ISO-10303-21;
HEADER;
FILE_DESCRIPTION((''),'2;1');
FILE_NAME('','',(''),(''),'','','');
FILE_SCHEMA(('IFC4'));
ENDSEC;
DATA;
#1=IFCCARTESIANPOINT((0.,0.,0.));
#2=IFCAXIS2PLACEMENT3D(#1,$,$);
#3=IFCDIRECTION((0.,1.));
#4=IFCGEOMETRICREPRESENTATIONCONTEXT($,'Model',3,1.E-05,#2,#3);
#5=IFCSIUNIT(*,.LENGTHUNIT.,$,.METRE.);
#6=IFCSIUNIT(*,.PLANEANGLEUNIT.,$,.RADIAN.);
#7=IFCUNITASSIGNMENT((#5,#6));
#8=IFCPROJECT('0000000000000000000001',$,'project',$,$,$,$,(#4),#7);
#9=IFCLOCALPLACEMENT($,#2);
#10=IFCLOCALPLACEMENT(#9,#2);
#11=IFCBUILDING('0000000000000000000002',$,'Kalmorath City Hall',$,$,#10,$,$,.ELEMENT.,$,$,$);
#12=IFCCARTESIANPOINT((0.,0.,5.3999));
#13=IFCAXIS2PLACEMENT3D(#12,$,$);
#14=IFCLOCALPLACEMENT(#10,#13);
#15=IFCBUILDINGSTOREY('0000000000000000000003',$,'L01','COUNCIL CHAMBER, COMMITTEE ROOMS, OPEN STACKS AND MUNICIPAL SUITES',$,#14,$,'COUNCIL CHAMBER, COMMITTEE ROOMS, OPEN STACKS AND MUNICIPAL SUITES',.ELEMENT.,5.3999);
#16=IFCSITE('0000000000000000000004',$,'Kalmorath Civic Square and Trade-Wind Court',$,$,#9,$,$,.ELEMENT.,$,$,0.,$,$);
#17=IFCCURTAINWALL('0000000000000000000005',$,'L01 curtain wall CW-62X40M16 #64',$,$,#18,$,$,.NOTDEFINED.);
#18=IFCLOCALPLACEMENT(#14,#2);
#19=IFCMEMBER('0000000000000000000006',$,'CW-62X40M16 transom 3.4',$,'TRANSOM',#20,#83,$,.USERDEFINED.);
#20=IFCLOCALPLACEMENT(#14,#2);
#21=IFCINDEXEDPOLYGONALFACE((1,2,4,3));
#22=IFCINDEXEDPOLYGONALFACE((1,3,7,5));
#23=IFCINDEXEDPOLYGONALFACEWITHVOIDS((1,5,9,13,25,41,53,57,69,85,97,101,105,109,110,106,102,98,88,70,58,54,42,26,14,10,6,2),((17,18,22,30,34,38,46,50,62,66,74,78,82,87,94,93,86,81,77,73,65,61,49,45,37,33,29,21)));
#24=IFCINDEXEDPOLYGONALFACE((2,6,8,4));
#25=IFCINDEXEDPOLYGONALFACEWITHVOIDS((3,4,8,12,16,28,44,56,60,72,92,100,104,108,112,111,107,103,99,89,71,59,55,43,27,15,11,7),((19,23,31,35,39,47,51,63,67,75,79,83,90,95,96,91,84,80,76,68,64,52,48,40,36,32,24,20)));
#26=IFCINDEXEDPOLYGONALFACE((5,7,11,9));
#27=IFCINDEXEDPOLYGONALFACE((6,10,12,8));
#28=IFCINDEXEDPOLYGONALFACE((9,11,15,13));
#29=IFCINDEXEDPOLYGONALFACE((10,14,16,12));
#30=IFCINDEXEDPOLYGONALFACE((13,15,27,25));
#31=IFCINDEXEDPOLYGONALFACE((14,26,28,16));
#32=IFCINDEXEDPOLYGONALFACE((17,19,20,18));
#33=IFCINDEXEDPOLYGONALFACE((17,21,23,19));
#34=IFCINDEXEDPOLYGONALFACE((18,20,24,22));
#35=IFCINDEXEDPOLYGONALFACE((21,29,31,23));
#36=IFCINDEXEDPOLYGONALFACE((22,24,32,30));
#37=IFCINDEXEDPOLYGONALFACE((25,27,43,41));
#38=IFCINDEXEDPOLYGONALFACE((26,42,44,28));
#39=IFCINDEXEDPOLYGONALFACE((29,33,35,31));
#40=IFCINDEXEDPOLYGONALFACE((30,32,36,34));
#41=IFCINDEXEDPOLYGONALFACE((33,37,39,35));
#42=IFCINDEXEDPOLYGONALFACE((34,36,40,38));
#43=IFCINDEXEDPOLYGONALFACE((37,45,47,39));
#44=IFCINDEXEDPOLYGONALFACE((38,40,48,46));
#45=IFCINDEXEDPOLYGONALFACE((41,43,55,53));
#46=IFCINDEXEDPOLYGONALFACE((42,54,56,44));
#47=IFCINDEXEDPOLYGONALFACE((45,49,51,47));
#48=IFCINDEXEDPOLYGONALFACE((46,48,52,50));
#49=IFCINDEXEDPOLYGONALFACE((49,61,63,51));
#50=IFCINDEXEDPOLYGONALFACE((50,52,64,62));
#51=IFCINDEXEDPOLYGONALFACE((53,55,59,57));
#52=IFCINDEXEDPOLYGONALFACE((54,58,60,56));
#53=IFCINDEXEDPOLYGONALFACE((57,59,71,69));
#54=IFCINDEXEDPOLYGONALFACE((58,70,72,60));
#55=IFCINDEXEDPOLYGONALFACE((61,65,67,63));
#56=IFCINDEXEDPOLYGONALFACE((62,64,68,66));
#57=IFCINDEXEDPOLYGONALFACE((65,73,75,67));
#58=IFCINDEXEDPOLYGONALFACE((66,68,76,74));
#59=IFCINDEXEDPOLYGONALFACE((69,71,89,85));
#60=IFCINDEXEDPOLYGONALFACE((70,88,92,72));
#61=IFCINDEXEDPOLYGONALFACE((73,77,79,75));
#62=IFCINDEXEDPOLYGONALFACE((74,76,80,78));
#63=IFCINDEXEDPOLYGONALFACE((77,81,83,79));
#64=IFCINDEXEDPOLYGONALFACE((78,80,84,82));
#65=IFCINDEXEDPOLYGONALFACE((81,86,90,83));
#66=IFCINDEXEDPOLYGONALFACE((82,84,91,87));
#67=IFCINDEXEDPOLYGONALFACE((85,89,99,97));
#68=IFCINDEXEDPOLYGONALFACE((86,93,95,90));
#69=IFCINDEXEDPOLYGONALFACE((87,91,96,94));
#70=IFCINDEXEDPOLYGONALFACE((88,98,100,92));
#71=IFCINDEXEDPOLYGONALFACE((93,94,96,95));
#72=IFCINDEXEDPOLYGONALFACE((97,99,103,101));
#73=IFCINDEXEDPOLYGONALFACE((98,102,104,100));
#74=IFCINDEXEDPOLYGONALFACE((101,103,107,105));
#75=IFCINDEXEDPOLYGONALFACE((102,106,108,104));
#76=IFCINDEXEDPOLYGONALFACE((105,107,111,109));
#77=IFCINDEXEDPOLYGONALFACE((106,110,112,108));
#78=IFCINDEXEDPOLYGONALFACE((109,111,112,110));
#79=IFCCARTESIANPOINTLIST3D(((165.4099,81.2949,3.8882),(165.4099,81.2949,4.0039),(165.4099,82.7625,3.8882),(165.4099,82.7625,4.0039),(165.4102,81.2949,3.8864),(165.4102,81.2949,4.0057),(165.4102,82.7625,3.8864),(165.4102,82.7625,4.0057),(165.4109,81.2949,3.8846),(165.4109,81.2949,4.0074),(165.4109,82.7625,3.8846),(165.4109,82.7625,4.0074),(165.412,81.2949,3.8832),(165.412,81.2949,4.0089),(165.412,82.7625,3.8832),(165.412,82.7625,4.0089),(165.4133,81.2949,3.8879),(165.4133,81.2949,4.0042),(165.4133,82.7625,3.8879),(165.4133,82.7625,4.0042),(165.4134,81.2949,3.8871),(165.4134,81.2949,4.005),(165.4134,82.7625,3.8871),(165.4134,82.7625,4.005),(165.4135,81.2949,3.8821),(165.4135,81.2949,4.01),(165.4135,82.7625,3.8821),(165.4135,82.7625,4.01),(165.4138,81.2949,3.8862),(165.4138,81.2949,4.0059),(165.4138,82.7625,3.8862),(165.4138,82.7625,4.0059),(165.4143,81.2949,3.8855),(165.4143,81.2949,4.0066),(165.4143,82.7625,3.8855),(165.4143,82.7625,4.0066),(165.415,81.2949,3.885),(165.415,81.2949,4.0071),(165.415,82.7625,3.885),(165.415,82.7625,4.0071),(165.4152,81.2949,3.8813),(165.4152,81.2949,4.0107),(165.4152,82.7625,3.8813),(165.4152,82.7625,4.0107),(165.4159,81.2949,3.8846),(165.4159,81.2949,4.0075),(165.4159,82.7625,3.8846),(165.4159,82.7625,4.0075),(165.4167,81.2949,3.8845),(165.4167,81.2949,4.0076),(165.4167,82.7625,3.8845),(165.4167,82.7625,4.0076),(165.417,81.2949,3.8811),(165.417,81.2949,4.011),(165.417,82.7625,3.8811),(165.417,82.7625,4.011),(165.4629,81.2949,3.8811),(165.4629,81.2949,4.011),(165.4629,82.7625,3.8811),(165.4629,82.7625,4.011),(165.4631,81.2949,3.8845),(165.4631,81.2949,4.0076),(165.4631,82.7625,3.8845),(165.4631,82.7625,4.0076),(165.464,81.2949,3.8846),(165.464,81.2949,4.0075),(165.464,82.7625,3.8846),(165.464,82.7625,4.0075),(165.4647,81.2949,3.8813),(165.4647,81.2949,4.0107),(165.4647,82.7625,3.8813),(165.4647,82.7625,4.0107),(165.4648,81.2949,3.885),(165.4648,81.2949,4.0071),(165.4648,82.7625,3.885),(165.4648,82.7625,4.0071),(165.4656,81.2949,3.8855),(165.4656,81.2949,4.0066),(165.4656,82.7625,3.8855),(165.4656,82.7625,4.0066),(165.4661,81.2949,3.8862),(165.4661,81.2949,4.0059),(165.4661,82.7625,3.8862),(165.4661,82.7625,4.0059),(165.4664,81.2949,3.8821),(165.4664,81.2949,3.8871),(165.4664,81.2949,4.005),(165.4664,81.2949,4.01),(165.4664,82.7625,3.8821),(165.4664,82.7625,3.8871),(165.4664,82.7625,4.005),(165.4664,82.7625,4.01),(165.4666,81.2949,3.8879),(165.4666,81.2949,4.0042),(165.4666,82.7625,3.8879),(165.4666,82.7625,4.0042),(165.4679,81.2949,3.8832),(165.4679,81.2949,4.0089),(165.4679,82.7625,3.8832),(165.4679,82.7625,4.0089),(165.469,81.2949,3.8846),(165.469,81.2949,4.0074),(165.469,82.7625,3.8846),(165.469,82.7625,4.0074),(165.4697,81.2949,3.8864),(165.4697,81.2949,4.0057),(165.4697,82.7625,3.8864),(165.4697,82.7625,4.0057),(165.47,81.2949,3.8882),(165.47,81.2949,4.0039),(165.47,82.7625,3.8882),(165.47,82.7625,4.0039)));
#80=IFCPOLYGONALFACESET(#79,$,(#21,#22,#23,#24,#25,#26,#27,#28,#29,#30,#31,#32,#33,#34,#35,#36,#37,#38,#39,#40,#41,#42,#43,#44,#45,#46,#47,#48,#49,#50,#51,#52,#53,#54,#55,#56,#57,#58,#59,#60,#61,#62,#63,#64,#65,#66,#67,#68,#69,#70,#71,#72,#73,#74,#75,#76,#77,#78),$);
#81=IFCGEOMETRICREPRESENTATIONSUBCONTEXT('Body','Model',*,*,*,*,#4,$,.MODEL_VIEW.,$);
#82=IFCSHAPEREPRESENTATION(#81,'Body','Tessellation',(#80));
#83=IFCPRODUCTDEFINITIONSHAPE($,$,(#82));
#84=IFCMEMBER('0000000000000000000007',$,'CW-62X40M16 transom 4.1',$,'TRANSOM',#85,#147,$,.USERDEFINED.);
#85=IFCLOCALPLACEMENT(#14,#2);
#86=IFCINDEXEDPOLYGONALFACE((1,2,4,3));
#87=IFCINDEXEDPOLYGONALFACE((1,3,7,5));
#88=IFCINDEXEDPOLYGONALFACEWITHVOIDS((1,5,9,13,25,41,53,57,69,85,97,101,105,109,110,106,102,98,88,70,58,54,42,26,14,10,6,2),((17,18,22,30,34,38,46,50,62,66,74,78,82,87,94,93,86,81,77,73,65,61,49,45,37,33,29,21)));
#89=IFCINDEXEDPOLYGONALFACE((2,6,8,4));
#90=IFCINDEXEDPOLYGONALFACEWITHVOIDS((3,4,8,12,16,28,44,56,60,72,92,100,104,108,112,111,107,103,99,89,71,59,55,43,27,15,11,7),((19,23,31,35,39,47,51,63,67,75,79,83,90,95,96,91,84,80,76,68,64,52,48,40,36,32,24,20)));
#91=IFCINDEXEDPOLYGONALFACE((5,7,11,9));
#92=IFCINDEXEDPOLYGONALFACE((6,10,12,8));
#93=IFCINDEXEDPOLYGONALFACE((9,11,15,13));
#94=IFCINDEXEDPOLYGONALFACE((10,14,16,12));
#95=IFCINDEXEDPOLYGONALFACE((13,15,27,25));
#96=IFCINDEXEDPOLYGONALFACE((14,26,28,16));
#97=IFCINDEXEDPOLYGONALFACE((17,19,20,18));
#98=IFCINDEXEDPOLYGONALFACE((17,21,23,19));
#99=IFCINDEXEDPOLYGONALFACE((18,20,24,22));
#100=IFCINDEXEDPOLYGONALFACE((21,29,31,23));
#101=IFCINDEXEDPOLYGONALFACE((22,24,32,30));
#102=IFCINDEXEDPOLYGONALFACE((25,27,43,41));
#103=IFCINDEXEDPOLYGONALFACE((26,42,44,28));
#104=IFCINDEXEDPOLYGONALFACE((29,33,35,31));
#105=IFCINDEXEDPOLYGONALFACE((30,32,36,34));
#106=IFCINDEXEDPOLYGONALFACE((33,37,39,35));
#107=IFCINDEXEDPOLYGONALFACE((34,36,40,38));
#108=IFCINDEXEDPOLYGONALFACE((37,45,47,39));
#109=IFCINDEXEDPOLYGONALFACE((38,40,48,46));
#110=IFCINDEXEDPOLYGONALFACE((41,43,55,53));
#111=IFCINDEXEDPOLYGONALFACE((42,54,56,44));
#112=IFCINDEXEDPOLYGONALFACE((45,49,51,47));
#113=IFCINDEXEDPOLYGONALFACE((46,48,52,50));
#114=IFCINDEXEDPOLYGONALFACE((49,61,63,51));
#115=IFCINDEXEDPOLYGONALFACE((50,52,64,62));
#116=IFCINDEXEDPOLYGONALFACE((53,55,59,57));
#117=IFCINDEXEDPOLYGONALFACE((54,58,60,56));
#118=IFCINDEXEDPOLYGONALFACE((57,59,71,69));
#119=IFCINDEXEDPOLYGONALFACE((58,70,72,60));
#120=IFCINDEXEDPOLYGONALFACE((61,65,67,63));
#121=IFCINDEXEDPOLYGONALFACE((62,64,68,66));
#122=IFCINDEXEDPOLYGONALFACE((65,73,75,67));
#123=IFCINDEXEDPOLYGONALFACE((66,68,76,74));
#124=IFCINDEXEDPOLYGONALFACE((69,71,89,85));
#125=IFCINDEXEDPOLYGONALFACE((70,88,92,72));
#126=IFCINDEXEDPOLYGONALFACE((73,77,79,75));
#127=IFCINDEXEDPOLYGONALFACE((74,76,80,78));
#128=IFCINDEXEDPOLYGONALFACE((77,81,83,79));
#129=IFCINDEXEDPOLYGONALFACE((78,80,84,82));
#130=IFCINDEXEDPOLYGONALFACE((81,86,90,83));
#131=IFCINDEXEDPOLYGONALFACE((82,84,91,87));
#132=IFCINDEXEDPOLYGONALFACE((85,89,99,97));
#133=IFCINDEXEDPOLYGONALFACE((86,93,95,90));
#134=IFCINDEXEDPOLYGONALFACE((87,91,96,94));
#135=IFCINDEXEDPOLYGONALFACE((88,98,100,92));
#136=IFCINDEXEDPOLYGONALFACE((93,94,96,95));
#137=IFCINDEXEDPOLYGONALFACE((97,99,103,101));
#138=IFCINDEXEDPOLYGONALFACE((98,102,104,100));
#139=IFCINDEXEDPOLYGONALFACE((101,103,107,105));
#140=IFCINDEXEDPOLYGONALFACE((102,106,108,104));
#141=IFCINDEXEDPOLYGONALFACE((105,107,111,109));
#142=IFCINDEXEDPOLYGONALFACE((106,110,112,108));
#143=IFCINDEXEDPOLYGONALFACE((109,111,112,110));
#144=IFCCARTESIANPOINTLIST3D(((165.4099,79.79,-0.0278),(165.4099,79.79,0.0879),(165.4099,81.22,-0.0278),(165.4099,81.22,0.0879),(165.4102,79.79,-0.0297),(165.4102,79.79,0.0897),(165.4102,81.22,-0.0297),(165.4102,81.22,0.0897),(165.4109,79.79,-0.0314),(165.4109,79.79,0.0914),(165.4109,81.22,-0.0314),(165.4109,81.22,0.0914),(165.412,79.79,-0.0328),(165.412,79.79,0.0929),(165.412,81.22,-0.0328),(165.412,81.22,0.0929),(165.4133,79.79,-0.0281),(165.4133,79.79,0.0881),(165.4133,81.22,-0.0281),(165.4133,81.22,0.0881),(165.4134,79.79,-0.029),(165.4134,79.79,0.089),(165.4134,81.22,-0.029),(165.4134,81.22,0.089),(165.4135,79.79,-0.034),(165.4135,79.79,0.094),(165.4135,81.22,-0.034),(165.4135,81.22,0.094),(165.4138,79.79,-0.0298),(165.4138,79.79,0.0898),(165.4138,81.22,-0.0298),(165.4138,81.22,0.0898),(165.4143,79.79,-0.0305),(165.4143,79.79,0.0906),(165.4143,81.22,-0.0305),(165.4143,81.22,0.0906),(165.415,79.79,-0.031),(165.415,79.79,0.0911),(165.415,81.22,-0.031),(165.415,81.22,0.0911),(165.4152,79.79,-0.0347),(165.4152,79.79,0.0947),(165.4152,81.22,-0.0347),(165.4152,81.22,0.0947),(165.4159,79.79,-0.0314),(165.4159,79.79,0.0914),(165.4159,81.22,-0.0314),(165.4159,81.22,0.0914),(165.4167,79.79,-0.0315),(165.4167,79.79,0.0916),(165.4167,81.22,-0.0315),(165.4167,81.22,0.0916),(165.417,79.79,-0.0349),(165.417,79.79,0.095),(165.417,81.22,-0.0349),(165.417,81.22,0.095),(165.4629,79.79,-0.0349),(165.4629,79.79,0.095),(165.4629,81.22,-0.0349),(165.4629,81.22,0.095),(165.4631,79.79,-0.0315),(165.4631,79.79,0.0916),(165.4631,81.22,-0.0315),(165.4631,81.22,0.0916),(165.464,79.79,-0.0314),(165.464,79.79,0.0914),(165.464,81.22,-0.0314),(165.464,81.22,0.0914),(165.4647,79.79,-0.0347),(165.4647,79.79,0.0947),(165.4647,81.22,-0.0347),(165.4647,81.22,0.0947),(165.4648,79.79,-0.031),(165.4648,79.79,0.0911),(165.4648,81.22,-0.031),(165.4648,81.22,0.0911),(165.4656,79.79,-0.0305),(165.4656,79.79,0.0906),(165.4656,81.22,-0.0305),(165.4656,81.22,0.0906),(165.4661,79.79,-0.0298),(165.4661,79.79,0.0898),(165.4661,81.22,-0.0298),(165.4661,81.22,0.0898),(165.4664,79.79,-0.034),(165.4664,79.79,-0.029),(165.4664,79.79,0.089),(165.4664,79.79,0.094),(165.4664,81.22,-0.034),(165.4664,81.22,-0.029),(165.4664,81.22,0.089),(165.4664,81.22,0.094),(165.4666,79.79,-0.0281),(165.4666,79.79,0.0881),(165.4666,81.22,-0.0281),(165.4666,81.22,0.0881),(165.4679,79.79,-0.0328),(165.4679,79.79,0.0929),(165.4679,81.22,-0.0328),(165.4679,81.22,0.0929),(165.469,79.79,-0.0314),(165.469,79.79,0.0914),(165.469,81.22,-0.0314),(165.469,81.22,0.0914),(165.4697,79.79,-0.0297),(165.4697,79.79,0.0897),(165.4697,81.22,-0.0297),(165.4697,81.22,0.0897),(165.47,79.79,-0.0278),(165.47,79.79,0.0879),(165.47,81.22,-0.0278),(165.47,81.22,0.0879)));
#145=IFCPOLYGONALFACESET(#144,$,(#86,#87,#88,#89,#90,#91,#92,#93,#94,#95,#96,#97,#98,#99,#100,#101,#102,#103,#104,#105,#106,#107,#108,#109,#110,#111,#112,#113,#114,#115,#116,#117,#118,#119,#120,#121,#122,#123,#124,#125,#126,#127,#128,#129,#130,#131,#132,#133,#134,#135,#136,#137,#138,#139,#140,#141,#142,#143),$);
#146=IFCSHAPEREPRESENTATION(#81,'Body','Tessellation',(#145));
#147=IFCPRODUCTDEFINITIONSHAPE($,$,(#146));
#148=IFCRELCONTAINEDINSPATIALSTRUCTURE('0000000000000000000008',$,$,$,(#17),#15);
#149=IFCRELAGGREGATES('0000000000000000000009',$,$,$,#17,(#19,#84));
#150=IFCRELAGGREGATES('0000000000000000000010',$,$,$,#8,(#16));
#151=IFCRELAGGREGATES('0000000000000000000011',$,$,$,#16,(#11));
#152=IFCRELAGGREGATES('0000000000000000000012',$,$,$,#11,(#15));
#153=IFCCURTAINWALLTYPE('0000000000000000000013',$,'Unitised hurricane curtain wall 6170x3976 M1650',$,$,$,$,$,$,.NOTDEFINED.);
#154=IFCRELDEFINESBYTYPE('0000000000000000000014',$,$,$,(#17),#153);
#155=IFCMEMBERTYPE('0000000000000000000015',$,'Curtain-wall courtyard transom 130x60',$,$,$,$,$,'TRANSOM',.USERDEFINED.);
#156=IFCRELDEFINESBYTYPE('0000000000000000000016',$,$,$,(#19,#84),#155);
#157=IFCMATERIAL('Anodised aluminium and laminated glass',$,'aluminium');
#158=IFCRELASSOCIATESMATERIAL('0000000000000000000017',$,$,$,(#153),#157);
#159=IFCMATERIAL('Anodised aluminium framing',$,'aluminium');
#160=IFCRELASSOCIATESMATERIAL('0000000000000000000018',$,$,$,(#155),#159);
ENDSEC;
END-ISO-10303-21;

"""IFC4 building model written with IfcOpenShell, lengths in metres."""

from ifc_helpers import new_model, si_unit, direction, frame, origin, origin_2d, place, context, subcontext, project, spatial, hollow_rectangle, extrude, material, material_profile, profile_set, type_object, element, aggregate, save


model = new_model("IFC4")

# Units and contexts
model_context = context("Model", 3, precision=1e-05, world=origin(), true_north=direction((0.0, 1.0)))
body_context = subcontext(model_context, "Body", "Model", "MODEL_VIEW")
ifc_project = project(units=[si_unit("LENGTHUNIT", "METRE"), si_unit("PLANEANGLEUNIT", "RADIAN")], contexts=[model_context])

# Site, building, storey
site_placement = place(None, origin())
site = spatial("IfcSite", under=ifc_project, at=site_placement, Name="Kalmorath Civic Square and Trade-Wind Court", CompositionType="ELEMENT", RefElevation=0.0)
building_placement = place(site_placement, origin())
building = spatial("IfcBuilding", under=site, at=building_placement, Name="Kalmorath City Hall", CompositionType="ELEMENT")
storey_placement = place(building_placement, frame((0.0, 0.0, 5.3999)))
storey = spatial("IfcBuildingStorey", under=building, at=storey_placement, Name="L01", Description="COUNCIL CHAMBER, COMMITTEE ROOMS, OPEN STACKS AND MUNICIPAL SUITES", LongName="COUNCIL CHAMBER, COMMITTEE ROOMS, OPEN STACKS AND MUNICIPAL SUITES", CompositionType="ELEMENT", Elevation=5.3999)

# Curtain wall, members
ifc_material_1 = material(Name="Anodised aluminium and laminated glass", Category="aluminium")
curtain_wall_type = type_object("IfcCurtainWallType", Name="Unitised hurricane curtain wall 6170x3976 M1650", PredefinedType="NOTDEFINED", material=ifc_material_1)
curtain_wall_1_placement = place(storey_placement, origin())
curtain_wall_1 = element("IfcCurtainWall", 1, at=curtain_wall_1_placement, inside=storey, type_object=curtain_wall_type, Name="L01 curtain wall CW-62X40M16 #64", PredefinedType="NOTDEFINED")
ifc_material_2 = material(Name="Anodised aluminium framing", Category="aluminium")
ifc_material_profile_1 = material_profile(ifc_material_2, hollow_rectangle(XDim=0.0601, YDim=0.1299, WallThickness=0.0034, InnerFilletRadius=0.0034, OuterFilletRadius=0.0071, at=origin_2d()), Name="ALU-TRN-130X60X3.5")
ifc_profile_set_1 = profile_set([ifc_material_profile_1], Name="Anodised aluminium framing")
member_type_1 = type_object("IfcMemberType", Name="Curtain-wall courtyard transom 130x60", ElementType="TRANSOM", PredefinedType="USERDEFINED", material=ifc_profile_set_1)
member_1_placement = place(storey_placement, frame((165.4399, 82.7625, 3.946), z_axis=(0.0, -1.0, 0.0), x_axis=(1.0, 0.0, 0.0)))
member_1 = element("IfcMember", 2, at=member_1_placement, type_object=member_type_1, Name="CW-62X40M16 transom 3.4", ObjectType="TRANSOM", PredefinedType="USERDEFINED", context=body_context, shape_type="SweptSolid", body=[
    extrude(hollow_rectangle(XDim=0.0601, YDim=0.1299, WallThickness=0.0034, InnerFilletRadius=0.0034, OuterFilletRadius=0.0071, at=origin_2d()), origin(), (0.0, 0.0, 1.0), 1.4675),
])
member_2_placement = place(storey_placement, frame((165.4399, 81.22, 0.03), z_axis=(0.0, -1.0, 0.0), x_axis=(1.0, 0.0, 0.0)))
member_2 = element("IfcMember", 3, at=member_2_placement, type_object=member_type_1, Name="CW-62X40M16 transom 4.1", ObjectType="TRANSOM", PredefinedType="USERDEFINED", context=body_context, shape_type="SweptSolid", body=[
    extrude(hollow_rectangle(XDim=0.0601, YDim=0.1299, WallThickness=0.0034, InnerFilletRadius=0.0034, OuterFilletRadius=0.0071, at=origin_2d()), origin(), (0.0, 0.0, 1.0), 1.4299),
])

aggregate(curtain_wall_1, [member_1, member_2])

save(model, "model.ifc")
